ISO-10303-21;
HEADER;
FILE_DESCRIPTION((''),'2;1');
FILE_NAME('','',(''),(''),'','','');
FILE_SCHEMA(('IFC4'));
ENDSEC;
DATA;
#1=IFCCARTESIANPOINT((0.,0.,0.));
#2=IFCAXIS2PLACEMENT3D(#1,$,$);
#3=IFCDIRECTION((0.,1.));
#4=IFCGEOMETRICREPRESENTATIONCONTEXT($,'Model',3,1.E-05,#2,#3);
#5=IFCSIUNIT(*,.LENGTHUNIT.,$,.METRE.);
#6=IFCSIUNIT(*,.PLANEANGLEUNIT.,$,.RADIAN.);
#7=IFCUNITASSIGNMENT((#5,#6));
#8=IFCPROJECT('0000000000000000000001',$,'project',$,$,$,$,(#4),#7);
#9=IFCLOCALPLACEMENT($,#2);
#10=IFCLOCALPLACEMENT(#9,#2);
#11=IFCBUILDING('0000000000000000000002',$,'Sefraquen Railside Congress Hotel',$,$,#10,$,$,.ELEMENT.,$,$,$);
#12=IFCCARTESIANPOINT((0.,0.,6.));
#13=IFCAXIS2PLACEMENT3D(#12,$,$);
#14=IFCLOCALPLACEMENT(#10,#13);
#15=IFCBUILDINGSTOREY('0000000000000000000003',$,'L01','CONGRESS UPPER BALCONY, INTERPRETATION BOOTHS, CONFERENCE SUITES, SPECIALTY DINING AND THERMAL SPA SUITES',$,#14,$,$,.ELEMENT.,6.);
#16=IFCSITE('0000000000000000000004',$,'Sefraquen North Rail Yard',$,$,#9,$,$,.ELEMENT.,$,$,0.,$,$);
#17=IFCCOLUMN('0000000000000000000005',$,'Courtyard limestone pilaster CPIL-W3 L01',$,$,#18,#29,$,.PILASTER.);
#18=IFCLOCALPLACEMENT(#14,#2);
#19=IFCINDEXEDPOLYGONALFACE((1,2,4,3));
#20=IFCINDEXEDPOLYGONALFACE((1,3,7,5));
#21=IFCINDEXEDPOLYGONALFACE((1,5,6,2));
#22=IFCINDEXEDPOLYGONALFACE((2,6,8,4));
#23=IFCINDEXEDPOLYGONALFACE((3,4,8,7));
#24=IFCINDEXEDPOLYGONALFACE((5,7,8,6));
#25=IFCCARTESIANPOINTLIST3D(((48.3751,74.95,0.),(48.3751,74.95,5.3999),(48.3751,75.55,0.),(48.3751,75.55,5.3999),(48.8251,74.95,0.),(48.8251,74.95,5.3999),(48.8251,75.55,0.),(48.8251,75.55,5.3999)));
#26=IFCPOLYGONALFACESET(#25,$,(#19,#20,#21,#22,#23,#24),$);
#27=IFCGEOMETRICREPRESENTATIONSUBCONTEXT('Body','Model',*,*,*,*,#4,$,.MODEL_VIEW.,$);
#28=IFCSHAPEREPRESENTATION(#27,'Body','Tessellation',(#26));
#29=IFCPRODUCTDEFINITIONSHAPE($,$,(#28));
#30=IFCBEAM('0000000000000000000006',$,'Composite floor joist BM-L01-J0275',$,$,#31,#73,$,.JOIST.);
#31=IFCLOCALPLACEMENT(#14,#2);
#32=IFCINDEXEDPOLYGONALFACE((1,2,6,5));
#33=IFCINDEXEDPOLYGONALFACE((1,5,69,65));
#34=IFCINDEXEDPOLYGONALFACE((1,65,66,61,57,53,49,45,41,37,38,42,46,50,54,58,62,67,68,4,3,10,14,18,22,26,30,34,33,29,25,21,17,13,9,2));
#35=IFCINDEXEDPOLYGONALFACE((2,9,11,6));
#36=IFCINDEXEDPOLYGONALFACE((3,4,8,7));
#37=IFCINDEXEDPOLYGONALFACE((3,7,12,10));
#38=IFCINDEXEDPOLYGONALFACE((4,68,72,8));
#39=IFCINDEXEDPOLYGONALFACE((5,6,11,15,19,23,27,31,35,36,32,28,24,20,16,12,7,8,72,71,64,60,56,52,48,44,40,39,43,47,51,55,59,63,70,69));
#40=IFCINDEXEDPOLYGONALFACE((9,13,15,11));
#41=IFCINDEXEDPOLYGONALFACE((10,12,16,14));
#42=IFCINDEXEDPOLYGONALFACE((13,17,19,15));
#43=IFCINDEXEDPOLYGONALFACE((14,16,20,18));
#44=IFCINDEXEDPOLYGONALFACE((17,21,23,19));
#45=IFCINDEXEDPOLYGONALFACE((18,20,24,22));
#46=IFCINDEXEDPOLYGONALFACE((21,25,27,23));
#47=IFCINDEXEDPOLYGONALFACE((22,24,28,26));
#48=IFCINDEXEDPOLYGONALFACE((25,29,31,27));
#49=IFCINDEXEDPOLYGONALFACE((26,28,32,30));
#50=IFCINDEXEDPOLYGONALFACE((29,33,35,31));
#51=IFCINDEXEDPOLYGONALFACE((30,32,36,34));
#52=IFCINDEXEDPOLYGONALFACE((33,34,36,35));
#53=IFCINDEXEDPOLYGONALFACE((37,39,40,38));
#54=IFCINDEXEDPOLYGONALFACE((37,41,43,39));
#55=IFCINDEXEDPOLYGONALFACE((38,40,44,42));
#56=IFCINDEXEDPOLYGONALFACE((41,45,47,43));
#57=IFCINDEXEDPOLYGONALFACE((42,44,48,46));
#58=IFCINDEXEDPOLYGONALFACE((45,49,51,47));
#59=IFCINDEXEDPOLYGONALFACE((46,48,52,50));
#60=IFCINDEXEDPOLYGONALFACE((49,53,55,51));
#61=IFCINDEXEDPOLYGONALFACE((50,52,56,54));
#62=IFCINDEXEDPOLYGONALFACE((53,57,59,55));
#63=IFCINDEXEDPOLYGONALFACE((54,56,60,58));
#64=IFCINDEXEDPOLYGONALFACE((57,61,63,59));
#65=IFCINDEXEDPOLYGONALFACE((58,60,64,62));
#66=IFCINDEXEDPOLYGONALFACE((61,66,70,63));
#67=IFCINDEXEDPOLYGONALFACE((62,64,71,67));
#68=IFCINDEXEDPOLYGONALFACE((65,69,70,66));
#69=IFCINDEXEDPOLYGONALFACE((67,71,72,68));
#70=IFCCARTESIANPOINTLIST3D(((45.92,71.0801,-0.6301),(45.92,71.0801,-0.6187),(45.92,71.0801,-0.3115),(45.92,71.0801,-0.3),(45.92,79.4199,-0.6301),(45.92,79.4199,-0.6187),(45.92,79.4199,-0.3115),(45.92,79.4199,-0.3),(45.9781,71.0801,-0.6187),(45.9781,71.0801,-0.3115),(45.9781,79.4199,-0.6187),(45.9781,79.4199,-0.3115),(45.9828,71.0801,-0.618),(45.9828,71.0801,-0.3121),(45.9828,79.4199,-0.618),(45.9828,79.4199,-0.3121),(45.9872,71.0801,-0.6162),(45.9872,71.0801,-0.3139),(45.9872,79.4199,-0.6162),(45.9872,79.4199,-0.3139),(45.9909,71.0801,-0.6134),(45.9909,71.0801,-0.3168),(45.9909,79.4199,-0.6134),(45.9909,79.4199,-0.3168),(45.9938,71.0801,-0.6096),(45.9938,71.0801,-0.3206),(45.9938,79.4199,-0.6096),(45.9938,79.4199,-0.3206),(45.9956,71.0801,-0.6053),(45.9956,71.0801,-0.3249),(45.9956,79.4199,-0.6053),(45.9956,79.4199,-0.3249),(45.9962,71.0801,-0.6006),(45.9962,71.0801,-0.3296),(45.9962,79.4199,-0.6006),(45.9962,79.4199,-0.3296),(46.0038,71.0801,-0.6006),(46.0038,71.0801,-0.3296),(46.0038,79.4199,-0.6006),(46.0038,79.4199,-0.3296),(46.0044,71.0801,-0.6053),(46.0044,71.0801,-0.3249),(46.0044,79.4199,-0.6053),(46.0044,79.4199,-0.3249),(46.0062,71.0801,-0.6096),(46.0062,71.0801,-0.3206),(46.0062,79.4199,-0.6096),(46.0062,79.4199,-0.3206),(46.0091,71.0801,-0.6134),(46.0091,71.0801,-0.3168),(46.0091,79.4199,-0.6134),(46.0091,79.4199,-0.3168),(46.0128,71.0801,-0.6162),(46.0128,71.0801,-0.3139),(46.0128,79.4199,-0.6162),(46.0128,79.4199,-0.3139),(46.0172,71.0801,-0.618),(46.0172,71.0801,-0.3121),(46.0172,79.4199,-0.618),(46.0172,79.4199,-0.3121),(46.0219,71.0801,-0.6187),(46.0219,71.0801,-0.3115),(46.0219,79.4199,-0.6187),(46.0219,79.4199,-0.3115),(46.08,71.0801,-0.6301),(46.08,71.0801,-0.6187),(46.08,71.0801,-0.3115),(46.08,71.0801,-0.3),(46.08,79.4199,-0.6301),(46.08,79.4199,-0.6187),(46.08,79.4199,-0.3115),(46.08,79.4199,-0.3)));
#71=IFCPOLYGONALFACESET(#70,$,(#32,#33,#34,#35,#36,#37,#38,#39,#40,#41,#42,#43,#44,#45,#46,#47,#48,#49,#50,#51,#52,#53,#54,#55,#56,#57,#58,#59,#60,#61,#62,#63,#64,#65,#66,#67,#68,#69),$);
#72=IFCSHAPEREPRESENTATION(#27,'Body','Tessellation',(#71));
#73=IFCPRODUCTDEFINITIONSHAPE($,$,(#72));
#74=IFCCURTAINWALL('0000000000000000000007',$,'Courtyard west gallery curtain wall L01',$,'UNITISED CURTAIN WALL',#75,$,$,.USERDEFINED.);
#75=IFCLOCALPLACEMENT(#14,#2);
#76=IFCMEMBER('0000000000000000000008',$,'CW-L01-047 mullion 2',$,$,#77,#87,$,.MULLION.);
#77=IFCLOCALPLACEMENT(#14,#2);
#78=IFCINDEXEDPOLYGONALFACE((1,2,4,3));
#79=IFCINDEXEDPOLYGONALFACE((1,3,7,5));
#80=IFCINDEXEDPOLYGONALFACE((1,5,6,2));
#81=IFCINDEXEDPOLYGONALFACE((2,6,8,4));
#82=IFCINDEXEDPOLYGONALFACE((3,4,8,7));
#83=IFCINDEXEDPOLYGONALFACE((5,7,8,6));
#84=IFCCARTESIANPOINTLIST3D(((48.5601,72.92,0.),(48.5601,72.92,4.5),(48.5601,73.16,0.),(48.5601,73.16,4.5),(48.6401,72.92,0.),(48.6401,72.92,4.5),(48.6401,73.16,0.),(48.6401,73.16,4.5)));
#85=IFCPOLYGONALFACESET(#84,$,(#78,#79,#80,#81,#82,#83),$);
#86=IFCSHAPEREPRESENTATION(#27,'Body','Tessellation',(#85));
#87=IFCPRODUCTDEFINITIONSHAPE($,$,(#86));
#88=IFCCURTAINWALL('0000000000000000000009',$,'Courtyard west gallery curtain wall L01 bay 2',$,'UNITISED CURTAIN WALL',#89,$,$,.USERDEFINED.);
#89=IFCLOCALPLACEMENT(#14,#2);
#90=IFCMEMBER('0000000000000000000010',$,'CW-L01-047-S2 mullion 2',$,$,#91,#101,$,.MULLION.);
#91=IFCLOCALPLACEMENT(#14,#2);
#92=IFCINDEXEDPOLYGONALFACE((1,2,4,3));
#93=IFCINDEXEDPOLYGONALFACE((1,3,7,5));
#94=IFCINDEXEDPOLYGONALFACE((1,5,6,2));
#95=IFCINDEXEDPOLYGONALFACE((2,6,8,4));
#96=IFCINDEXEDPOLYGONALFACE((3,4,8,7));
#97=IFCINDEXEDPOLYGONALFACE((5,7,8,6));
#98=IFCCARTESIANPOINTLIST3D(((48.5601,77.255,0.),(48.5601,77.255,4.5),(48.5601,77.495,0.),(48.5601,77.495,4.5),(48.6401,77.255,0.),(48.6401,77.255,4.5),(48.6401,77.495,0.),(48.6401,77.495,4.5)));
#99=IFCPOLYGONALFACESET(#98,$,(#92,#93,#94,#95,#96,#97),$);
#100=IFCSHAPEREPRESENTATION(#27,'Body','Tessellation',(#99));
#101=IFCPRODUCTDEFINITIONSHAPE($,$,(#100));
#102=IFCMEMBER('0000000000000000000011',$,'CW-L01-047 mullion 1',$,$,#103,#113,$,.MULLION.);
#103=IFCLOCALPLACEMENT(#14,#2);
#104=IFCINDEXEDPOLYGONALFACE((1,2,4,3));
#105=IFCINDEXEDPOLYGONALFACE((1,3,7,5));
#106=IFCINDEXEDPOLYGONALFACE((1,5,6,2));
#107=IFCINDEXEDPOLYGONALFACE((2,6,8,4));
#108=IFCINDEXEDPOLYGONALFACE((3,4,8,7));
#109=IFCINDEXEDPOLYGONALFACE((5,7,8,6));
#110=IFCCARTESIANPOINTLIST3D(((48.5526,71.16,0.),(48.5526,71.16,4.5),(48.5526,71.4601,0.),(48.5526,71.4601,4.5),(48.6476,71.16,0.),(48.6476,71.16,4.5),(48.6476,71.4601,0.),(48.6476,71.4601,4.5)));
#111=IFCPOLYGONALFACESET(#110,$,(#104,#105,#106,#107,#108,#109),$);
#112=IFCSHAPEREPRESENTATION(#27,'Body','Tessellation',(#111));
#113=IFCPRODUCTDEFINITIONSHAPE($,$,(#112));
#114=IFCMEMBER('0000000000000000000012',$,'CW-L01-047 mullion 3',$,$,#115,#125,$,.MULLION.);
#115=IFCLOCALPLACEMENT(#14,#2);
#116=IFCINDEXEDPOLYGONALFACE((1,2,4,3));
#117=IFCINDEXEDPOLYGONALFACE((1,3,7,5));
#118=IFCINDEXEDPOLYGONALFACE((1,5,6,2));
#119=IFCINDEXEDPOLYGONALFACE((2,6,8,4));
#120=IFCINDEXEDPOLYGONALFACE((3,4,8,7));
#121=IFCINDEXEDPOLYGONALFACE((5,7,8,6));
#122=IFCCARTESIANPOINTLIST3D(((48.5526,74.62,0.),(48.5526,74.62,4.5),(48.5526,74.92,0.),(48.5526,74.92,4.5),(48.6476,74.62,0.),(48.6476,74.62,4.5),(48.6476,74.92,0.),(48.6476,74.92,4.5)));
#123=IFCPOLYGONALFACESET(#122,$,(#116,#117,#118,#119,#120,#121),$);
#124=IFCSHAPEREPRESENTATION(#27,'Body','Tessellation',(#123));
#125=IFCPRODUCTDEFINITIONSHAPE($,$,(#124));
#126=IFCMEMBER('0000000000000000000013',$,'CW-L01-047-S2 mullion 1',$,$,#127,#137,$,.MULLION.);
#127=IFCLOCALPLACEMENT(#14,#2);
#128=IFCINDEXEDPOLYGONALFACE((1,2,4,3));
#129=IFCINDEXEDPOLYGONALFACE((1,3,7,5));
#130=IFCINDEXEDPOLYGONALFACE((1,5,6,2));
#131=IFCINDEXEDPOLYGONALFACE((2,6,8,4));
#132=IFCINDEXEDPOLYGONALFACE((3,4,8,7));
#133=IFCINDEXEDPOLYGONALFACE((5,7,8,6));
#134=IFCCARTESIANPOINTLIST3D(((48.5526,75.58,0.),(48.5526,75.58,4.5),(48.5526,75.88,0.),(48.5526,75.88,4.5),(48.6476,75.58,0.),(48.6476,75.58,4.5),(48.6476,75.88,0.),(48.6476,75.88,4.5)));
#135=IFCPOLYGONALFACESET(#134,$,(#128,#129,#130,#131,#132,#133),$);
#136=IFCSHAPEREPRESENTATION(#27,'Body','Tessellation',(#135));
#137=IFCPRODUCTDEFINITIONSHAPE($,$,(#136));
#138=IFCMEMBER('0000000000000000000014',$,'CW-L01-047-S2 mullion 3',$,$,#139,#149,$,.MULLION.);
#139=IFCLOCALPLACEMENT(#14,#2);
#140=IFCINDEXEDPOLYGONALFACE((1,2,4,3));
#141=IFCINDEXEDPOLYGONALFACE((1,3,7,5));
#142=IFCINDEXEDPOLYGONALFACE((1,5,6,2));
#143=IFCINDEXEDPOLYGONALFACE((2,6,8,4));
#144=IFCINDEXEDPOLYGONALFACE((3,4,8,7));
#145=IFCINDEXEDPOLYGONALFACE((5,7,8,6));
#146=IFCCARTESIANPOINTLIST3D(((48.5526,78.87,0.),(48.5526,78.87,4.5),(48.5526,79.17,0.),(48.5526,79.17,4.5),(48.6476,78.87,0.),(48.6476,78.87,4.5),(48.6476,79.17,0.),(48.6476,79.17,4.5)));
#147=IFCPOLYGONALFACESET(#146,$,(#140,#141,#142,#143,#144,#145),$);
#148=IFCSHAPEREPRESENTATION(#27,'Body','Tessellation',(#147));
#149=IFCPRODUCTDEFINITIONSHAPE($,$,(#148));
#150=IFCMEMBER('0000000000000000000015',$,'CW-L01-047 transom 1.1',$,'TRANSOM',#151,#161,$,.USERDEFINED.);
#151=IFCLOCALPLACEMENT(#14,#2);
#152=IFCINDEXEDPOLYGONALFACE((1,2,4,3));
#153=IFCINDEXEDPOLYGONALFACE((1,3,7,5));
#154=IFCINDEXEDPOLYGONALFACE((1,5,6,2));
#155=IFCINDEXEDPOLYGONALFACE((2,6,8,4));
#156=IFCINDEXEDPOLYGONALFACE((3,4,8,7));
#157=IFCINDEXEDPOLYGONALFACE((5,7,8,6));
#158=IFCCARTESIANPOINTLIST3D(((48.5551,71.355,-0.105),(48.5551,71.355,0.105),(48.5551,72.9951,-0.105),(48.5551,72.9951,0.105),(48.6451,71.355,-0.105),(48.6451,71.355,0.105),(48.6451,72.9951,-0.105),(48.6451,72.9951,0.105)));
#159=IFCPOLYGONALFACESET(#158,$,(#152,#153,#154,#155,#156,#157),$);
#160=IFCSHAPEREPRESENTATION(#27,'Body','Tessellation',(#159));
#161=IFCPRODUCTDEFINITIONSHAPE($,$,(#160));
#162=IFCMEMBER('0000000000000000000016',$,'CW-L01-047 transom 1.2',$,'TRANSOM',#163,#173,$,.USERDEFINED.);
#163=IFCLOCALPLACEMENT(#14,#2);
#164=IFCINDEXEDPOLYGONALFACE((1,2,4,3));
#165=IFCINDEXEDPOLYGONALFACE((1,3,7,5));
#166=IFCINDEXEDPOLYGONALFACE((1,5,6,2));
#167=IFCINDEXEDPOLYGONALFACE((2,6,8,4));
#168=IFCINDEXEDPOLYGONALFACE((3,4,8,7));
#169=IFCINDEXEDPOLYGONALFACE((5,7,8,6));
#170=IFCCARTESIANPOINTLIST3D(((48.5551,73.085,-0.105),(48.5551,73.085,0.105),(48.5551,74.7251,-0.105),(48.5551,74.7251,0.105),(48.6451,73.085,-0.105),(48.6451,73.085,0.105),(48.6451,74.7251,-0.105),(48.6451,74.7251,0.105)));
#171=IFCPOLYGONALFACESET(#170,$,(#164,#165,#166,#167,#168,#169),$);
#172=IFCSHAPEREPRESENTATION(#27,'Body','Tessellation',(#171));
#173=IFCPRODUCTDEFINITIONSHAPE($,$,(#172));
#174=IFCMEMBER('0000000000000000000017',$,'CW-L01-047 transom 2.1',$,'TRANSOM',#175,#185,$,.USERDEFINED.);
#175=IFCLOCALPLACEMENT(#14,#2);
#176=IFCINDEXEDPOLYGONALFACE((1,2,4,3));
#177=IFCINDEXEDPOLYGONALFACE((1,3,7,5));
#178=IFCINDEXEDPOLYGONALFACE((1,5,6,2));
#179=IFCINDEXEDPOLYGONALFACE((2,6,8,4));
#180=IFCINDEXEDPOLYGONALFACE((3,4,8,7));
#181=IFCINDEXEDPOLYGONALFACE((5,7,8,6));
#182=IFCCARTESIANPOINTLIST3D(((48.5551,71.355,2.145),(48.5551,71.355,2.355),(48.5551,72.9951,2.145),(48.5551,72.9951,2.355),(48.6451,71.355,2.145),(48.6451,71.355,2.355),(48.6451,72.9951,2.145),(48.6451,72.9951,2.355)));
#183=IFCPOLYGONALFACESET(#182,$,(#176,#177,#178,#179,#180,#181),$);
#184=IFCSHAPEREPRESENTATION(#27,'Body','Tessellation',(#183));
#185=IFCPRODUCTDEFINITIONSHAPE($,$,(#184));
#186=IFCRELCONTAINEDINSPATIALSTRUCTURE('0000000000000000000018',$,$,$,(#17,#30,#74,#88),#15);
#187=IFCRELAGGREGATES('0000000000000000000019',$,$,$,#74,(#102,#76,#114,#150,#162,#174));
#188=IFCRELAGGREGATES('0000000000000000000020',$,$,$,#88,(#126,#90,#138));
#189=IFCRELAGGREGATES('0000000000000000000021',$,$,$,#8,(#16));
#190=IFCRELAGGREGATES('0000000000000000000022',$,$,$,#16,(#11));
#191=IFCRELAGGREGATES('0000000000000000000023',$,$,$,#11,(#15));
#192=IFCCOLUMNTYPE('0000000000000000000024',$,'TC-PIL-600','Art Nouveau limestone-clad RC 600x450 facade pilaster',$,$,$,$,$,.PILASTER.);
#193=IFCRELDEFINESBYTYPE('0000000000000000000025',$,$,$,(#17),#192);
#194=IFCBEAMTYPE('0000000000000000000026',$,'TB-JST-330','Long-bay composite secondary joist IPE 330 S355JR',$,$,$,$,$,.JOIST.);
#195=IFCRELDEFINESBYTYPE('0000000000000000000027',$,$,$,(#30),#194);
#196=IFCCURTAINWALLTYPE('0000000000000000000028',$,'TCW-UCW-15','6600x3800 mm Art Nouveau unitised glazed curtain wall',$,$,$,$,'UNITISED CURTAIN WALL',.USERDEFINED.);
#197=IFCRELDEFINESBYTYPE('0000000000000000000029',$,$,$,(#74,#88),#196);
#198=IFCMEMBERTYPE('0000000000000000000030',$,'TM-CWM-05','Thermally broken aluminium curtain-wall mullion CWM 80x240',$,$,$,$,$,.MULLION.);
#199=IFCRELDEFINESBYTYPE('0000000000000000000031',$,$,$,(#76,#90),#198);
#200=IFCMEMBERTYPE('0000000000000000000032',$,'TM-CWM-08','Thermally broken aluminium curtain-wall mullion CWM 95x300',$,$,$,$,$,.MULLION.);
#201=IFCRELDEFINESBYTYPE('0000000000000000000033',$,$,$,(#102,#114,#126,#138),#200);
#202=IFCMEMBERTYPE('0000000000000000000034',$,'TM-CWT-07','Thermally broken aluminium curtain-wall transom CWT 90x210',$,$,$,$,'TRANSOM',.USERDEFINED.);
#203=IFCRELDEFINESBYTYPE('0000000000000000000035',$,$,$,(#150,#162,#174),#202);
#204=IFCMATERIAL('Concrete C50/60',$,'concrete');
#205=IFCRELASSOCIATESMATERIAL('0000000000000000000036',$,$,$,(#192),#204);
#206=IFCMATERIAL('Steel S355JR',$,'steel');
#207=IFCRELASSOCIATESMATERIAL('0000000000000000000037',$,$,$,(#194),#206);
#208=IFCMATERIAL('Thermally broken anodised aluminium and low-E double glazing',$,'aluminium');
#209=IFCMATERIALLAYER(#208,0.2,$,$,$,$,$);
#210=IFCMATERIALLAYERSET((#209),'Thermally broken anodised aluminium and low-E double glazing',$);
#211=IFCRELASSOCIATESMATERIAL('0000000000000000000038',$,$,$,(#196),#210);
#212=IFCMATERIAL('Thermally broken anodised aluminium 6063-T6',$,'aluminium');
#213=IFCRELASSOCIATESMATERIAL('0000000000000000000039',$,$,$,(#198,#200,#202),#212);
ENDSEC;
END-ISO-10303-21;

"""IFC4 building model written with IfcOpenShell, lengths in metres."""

from ifc_helpers import new_model, si_unit, direction, frame, origin, origin_2d, place, context, subcontext, project, spatial, rectangle, i_section, extrude, material, layer, layer_set, material_profile, profile_set, type_object, element, aggregate, save


model = new_model("IFC4")

# Units and contexts
model_context = context("Model", 3, precision=1e-05, world=origin(), true_north=direction((0.0, 1.0)))
body_context = subcontext(model_context, "Body", "Model", "MODEL_VIEW")
ifc_project = project(units=[si_unit("LENGTHUNIT", "METRE"), si_unit("PLANEANGLEUNIT", "RADIAN")], contexts=[model_context])

# Site, building, storey
site_placement = place(None, origin())
site = spatial("IfcSite", under=ifc_project, at=site_placement, Name="Sefraquen North Rail Yard", CompositionType="ELEMENT", RefElevation=0.0)
building_placement = place(site_placement, origin())
building = spatial("IfcBuilding", under=site, at=building_placement, Name="Sefraquen Railside Congress Hotel", CompositionType="ELEMENT")
storey_placement = place(building_placement, frame((0.0, 0.0, 6.0)))
storey = spatial("IfcBuildingStorey", under=building, at=storey_placement, Name="L01", Description="CONGRESS UPPER BALCONY, INTERPRETATION BOOTHS, CONFERENCE SUITES, SPECIALTY DINING AND THERMAL SPA SUITES", CompositionType="ELEMENT", Elevation=6.0)

# Column
ifc_material_1 = material(Name="Concrete C50/60", Category="concrete")
ifc_material_profile_1 = material_profile(ifc_material_1, rectangle(XDim=0.45, YDim=0.6001, at=origin_2d()), Name="RC 600x450")
ifc_profile_set_1 = profile_set([ifc_material_profile_1], Name="Concrete C50/60")
column_type = type_object("IfcColumnType", Name="TC-PIL-600", Description="Art Nouveau limestone-clad RC 600x450 facade pilaster", PredefinedType="PILASTER", material=ifc_profile_set_1)
column_placement = place(storey_placement, frame((48.6001, 75.25, 0.0), z_axis=(0.0, 0.0, 1.0), x_axis=(1.0, 0.0, 0.0)))
element("IfcColumn", 1, at=column_placement, inside=storey, type_object=column_type, Name="Courtyard limestone pilaster CPIL-W3 L01", PredefinedType="PILASTER", context=body_context, shape_type="SweptSolid", body=[
    extrude(rectangle(XDim=0.45, YDim=0.6001, at=origin_2d()), origin(), (0.0, 0.0, 1.0), 5.3999),
])

# Beam
ifc_material_2 = material(Name="Steel S355JR", Category="steel")
ifc_material_profile_2 = material_profile(ifc_material_2, i_section(OverallWidth=0.1599, OverallDepth=0.3301, WebThickness=0.0076, FlangeThickness=0.0115, FilletRadius=0.0181, at=origin_2d()), Name="IPE 330")
ifc_profile_set_2 = profile_set([ifc_material_profile_2], Name="Steel S355JR")
beam_type = type_object("IfcBeamType", Name="TB-JST-330", Description="Long-bay composite secondary joist IPE 330 S355JR", PredefinedType="JOIST", material=ifc_profile_set_2)
beam_placement = place(storey_placement, frame((46.0, 71.0801, -0.4651), z_axis=(0.0, 1.0, 0.0), x_axis=(-1.0, 0.0, 0.0)))
element("IfcBeam", 2, at=beam_placement, inside=storey, type_object=beam_type, Name="Composite floor joist BM-L01-J0275", PredefinedType="JOIST", context=body_context, shape_type="SweptSolid", body=[
    extrude(i_section(OverallWidth=0.1599, OverallDepth=0.3301, WebThickness=0.0076, FlangeThickness=0.0115, FilletRadius=0.0181, at=origin_2d()), origin(), (0.0, 0.0, 1.0), 8.3398),
])

# Curtain walls, members
ifc_material_3 = material(Name="Thermally broken anodised aluminium and low-E double glazing", Category="aluminium")
ifc_layer_1 = layer(ifc_material_3, 0.2)
ifc_layer_set_1 = layer_set([ifc_layer_1], Name="Thermally broken anodised aluminium and low-E double glazing")
curtain_wall_type = type_object("IfcCurtainWallType", Name="TCW-UCW-15", Description="6600x3800 mm Art Nouveau unitised glazed curtain wall", ElementType="UNITISED CURTAIN WALL", PredefinedType="USERDEFINED", material=ifc_layer_set_1)
curtain_wall_1_placement = place(storey_placement, origin())
curtain_wall_1 = element("IfcCurtainWall", 3, at=curtain_wall_1_placement, inside=storey, type_object=curtain_wall_type, Name="Courtyard west gallery curtain wall L01", ObjectType="UNITISED CURTAIN WALL", PredefinedType="USERDEFINED")
ifc_material_4 = material(Name="Thermally broken anodised aluminium 6063-T6", Category="aluminium")
ifc_material_profile_3 = material_profile(ifc_material_4, rectangle(XDim=0.0801, YDim=0.24, at=origin_2d()), Name="CWM 80x240")
ifc_profile_set_3 = profile_set([ifc_material_profile_3], Name="Thermally broken anodised aluminium 6063-T6")
member_type_1 = type_object("IfcMemberType", Name="TM-CWM-05", Description="Thermally broken aluminium curtain-wall mullion CWM 80x240", PredefinedType="MULLION", material=ifc_profile_set_3)
member_1_placement = place(storey_placement, frame((48.6001, 73.04, 0.0), z_axis=(0.0, 0.0, 1.0), x_axis=(1.0, 0.0, 0.0)))
member_1 = element("IfcMember", 4, at=member_1_placement, type_object=member_type_1, Name="CW-L01-047 mullion 2", PredefinedType="MULLION", context=body_context, shape_type="SweptSolid", body=[
    extrude(rectangle(XDim=0.0801, YDim=0.24, at=origin_2d()), origin(), (0.0, 0.0, 1.0), 4.5),
])
curtain_wall_2_placement = place(storey_placement, origin())
curtain_wall_2 = element("IfcCurtainWall", 5, at=curtain_wall_2_placement, inside=storey, type_object=curtain_wall_type, Name="Courtyard west gallery curtain wall L01 bay 2", ObjectType="UNITISED CURTAIN WALL", PredefinedType="USERDEFINED")
member_2_placement = place(storey_placement, frame((48.6001, 77.375, 0.0), z_axis=(0.0, 0.0, 1.0), x_axis=(1.0, 0.0, 0.0)))
member_2 = element("IfcMember", 6, at=member_2_placement, type_object=member_type_1, Name="CW-L01-047-S2 mullion 2", PredefinedType="MULLION", context=body_context, shape_type="SweptSolid", body=[
    extrude(rectangle(XDim=0.0801, YDim=0.24, at=origin_2d()), origin(), (0.0, 0.0, 1.0), 4.5),
])

# Members
ifc_material_profile_4 = material_profile(ifc_material_4, rectangle(XDim=0.095, YDim=0.3, at=origin_2d()), Name="CWM 95x300")
ifc_profile_set_4 = profile_set([ifc_material_profile_4], Name="Thermally broken anodised aluminium 6063-T6")
member_type_2 = type_object("IfcMemberType", Name="TM-CWM-08", Description="Thermally broken aluminium curtain-wall mullion CWM 95x300", PredefinedType="MULLION", material=ifc_profile_set_4)
member_3_placement = place(storey_placement, frame((48.6001, 71.3101, 0.0), z_axis=(0.0, 0.0, 1.0), x_axis=(1.0, 0.0, 0.0)))
member_3 = element("IfcMember", 7, at=member_3_placement, type_object=member_type_2, Name="CW-L01-047 mullion 1", PredefinedType="MULLION", context=body_context, shape_type="SweptSolid", body=[
    extrude(rectangle(XDim=0.095, YDim=0.3, at=origin_2d()), origin(), (0.0, 0.0, 1.0), 4.5),
])
member_4_placement = place(storey_placement, frame((48.6001, 74.77, 0.0), z_axis=(0.0, 0.0, 1.0), x_axis=(1.0, 0.0, 0.0)))
member_4 = element("IfcMember", 8, at=member_4_placement, type_object=member_type_2, Name="CW-L01-047 mullion 3", PredefinedType="MULLION", context=body_context, shape_type="SweptSolid", body=[
    extrude(rectangle(XDim=0.095, YDim=0.3, at=origin_2d()), origin(), (0.0, 0.0, 1.0), 4.5),
])
member_5_placement = place(storey_placement, frame((48.6001, 75.73, 0.0), z_axis=(0.0, 0.0, 1.0), x_axis=(1.0, 0.0, 0.0)))
member_5 = element("IfcMember", 9, at=member_5_placement, type_object=member_type_2, Name="CW-L01-047-S2 mullion 1", PredefinedType="MULLION", context=body_context, shape_type="SweptSolid", body=[
    extrude(rectangle(XDim=0.095, YDim=0.3, at=origin_2d()), origin(), (0.0, 0.0, 1.0), 4.5),
])
member_6_placement = place(storey_placement, frame((48.6001, 79.02, 0.0), z_axis=(0.0, 0.0, 1.0), x_axis=(1.0, 0.0, 0.0)))
member_6 = element("IfcMember", 10, at=member_6_placement, type_object=member_type_2, Name="CW-L01-047-S2 mullion 3", PredefinedType="MULLION", context=body_context, shape_type="SweptSolid", body=[
    extrude(rectangle(XDim=0.095, YDim=0.3, at=origin_2d()), origin(), (0.0, 0.0, 1.0), 4.5),
])
ifc_material_profile_5 = material_profile(ifc_material_4, rectangle(XDim=0.0901, YDim=0.21, at=origin_2d()), Name="CWT 90x210")
ifc_profile_set_5 = profile_set([ifc_material_profile_5], Name="Thermally broken anodised aluminium 6063-T6")
member_type_3 = type_object("IfcMemberType", Name="TM-CWT-07", Description="Thermally broken aluminium curtain-wall transom CWT 90x210", ElementType="TRANSOM", PredefinedType="USERDEFINED", material=ifc_profile_set_5)
member_7_placement = place(storey_placement, frame((48.6001, 71.355, 0.0), z_axis=(0.0, 1.0, 0.0), x_axis=(-1.0, 0.0, 0.0)))
member_7 = element("IfcMember", 11, at=member_7_placement, type_object=member_type_3, Name="CW-L01-047 transom 1.1", ObjectType="TRANSOM", PredefinedType="USERDEFINED", context=body_context, shape_type="SweptSolid", body=[
    extrude(rectangle(XDim=0.0901, YDim=0.21, at=origin_2d()), origin(), (0.0, 0.0, 1.0), 1.6401),
])
member_8_placement = place(storey_placement, frame((48.6001, 73.085, 0.0), z_axis=(0.0, 1.0, 0.0), x_axis=(-1.0, 0.0, 0.0)))
member_8 = element("IfcMember", 12, at=member_8_placement, type_object=member_type_3, Name="CW-L01-047 transom 1.2", ObjectType="TRANSOM", PredefinedType="USERDEFINED", context=body_context, shape_type="SweptSolid", body=[
    extrude(rectangle(XDim=0.0901, YDim=0.21, at=origin_2d()), origin(), (0.0, 0.0, 1.0), 1.6401),
])
member_9_placement = place(storey_placement, frame((48.6001, 71.355, 2.25), z_axis=(0.0, 1.0, 0.0), x_axis=(-1.0, 0.0, 0.0)))
member_9 = element("IfcMember", 13, at=member_9_placement, type_object=member_type_3, Name="CW-L01-047 transom 2.1", ObjectType="TRANSOM", PredefinedType="USERDEFINED", context=body_context, shape_type="SweptSolid", body=[
    extrude(rectangle(XDim=0.0901, YDim=0.21, at=origin_2d()), origin(), (0.0, 0.0, 1.0), 1.6401),
])

aggregate(curtain_wall_1, [member_3, member_1, member_4, member_7, member_8, member_9])
aggregate(curtain_wall_2, [member_5, member_2, member_6])

save(model, "model.ifc")
